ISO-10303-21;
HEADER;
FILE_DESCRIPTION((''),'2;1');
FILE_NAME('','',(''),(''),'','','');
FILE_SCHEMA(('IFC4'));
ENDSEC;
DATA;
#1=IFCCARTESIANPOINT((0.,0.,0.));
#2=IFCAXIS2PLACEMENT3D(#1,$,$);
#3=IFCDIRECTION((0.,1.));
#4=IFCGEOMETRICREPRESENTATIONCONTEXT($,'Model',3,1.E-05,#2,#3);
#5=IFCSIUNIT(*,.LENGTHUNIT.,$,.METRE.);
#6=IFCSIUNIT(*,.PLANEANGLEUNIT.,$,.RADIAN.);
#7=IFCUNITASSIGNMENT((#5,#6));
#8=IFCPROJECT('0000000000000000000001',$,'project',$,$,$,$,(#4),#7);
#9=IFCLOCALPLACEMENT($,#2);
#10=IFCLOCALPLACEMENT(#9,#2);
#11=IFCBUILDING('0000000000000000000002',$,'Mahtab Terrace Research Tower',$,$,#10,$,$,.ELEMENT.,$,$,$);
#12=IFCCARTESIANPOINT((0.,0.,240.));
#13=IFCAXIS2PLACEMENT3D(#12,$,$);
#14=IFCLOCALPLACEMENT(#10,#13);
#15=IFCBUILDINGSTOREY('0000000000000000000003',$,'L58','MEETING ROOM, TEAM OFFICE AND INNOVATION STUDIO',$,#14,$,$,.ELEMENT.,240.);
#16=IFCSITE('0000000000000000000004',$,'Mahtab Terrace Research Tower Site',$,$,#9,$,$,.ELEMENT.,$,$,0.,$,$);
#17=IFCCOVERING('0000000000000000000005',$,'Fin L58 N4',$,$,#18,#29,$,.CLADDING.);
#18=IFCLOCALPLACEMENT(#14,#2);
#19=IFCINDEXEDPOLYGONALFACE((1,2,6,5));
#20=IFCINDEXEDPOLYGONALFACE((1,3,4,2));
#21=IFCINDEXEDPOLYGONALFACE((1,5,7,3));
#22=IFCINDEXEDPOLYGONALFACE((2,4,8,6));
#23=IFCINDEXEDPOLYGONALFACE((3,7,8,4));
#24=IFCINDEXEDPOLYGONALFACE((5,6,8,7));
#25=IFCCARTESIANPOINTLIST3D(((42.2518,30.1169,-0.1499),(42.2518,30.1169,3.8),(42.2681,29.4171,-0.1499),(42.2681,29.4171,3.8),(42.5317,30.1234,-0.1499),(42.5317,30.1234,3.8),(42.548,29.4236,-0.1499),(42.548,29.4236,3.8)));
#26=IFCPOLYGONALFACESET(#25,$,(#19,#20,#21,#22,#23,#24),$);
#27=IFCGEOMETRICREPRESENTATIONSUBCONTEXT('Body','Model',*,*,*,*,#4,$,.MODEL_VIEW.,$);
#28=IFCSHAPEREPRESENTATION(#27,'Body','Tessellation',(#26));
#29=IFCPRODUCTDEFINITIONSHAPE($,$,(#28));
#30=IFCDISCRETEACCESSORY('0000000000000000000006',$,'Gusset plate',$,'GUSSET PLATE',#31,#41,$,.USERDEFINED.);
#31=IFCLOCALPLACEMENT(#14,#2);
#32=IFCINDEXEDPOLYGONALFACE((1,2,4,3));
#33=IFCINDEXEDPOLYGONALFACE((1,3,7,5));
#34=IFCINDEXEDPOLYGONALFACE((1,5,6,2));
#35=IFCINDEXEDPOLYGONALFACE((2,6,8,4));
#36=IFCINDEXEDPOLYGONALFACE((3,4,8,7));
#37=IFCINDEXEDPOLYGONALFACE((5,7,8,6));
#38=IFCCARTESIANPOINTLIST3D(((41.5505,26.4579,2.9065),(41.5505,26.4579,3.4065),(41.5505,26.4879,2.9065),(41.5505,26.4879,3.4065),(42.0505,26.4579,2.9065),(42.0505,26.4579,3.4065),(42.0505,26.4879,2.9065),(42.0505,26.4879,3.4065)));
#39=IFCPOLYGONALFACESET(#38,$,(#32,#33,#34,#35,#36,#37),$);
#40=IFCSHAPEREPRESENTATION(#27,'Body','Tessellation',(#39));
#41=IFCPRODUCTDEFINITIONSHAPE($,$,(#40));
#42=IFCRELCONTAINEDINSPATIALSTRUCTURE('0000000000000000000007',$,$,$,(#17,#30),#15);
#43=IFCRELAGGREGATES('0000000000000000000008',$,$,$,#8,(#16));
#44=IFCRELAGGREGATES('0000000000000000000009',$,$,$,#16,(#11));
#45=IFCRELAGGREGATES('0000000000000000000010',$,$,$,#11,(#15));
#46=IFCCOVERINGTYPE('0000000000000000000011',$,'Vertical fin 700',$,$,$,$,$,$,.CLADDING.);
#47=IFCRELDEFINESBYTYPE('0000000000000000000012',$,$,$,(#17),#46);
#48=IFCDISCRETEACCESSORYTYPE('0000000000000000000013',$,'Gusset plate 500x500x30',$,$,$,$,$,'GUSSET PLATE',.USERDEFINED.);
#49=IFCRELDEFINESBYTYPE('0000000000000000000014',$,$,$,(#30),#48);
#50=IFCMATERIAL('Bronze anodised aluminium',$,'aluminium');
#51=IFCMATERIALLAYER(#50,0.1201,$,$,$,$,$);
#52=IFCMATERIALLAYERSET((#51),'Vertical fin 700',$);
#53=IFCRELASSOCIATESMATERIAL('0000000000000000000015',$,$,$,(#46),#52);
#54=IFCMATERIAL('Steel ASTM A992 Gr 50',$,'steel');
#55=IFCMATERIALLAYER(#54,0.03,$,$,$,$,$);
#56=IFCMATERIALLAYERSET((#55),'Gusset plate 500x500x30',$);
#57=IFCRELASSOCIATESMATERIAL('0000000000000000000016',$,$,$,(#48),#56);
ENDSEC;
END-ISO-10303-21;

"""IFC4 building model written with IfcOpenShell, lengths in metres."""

from ifc_helpers import new_model, si_unit, direction, frame, origin, origin_2d, place, context, subcontext, project, spatial, rectangle, extrude, material, layer, layer_set, type_object, element, save


model = new_model("IFC4")

# Units and contexts
model_context = context("Model", 3, precision=1e-05, world=origin(), true_north=direction((0.0, 1.0)))
body_context = subcontext(model_context, "Body", "Model", "MODEL_VIEW")
ifc_project = project(units=[si_unit("LENGTHUNIT", "METRE"), si_unit("PLANEANGLEUNIT", "RADIAN")], contexts=[model_context])

# Site, building, storey
site_placement = place(None, origin())
site = spatial("IfcSite", under=ifc_project, at=site_placement, Name="Mahtab Terrace Research Tower Site", CompositionType="ELEMENT", RefElevation=0.0)
building_placement = place(site_placement, origin())
building = spatial("IfcBuilding", under=site, at=building_placement, Name="Mahtab Terrace Research Tower", CompositionType="ELEMENT")
storey_placement = place(building_placement, frame((0.0, 0.0, 240.0)))
storey = spatial("IfcBuildingStorey", under=building, at=storey_placement, Name="L58", Description="MEETING ROOM, TEAM OFFICE AND INNOVATION STUDIO", CompositionType="ELEMENT", Elevation=240.0)

# Shared definitions
ifc_material_1 = material(Name="Steel ASTM A992 Gr 50", Category="steel")

# Covering
ifc_material_2 = material(Name="Bronze anodised aluminium", Category="aluminium")
ifc_layer_1 = layer(ifc_material_2, 0.1201)
ifc_layer_set_1 = layer_set([ifc_layer_1], Name="Vertical fin 700")
covering_type_1 = type_object("IfcCoveringType", Name="Vertical fin 700", PredefinedType="CLADDING", material=ifc_layer_set_1)
for number, where, z_axis, x_axis, name in (
    (1, (42.3999, 29.7703, -0.1499), (0.0, 0.0, 1.0), (-0.999729, -0.023269, 0.0), "Fin L58 N4"),
):
    element("IfcCovering", number, at=place(storey_placement, frame(where, z_axis=z_axis, x_axis=x_axis)), inside=storey, type_object=covering_type_1, Name=name, PredefinedType="CLADDING", context=body_context, shape_type="SweptSolid", body=[
        extrude(rectangle(XDim=0.28, YDim=0.7, at=origin_2d()), origin(), (0.0, 0.0, 1.0), 3.95),
    ])

# Discrete accessory
ifc_layer_2 = layer(ifc_material_1, 0.03)
ifc_layer_set_2 = layer_set([ifc_layer_2], Name="Gusset plate 500x500x30")
discrete_accessory_type = type_object("IfcDiscreteAccessoryType", Name="Gusset plate 500x500x30", ElementType="GUSSET PLATE", PredefinedType="USERDEFINED", material=ifc_layer_set_2)
discrete_accessory_placement = place(storey_placement, frame((41.8005, 26.4729, 2.9065), z_axis=(0.0, 0.0, 1.0), x_axis=(1.0, 0.0, 0.0)))
element("IfcDiscreteAccessory", 2, at=discrete_accessory_placement, inside=storey, type_object=discrete_accessory_type, Name="Gusset plate", ObjectType="GUSSET PLATE", PredefinedType="USERDEFINED", context=body_context, shape_type="SweptSolid", body=[
    extrude(rectangle(XDim=0.5, YDim=0.03, at=origin_2d()), origin(), (0.0, 0.0, 1.0), 0.5),
])

save(model, "model.ifc")
